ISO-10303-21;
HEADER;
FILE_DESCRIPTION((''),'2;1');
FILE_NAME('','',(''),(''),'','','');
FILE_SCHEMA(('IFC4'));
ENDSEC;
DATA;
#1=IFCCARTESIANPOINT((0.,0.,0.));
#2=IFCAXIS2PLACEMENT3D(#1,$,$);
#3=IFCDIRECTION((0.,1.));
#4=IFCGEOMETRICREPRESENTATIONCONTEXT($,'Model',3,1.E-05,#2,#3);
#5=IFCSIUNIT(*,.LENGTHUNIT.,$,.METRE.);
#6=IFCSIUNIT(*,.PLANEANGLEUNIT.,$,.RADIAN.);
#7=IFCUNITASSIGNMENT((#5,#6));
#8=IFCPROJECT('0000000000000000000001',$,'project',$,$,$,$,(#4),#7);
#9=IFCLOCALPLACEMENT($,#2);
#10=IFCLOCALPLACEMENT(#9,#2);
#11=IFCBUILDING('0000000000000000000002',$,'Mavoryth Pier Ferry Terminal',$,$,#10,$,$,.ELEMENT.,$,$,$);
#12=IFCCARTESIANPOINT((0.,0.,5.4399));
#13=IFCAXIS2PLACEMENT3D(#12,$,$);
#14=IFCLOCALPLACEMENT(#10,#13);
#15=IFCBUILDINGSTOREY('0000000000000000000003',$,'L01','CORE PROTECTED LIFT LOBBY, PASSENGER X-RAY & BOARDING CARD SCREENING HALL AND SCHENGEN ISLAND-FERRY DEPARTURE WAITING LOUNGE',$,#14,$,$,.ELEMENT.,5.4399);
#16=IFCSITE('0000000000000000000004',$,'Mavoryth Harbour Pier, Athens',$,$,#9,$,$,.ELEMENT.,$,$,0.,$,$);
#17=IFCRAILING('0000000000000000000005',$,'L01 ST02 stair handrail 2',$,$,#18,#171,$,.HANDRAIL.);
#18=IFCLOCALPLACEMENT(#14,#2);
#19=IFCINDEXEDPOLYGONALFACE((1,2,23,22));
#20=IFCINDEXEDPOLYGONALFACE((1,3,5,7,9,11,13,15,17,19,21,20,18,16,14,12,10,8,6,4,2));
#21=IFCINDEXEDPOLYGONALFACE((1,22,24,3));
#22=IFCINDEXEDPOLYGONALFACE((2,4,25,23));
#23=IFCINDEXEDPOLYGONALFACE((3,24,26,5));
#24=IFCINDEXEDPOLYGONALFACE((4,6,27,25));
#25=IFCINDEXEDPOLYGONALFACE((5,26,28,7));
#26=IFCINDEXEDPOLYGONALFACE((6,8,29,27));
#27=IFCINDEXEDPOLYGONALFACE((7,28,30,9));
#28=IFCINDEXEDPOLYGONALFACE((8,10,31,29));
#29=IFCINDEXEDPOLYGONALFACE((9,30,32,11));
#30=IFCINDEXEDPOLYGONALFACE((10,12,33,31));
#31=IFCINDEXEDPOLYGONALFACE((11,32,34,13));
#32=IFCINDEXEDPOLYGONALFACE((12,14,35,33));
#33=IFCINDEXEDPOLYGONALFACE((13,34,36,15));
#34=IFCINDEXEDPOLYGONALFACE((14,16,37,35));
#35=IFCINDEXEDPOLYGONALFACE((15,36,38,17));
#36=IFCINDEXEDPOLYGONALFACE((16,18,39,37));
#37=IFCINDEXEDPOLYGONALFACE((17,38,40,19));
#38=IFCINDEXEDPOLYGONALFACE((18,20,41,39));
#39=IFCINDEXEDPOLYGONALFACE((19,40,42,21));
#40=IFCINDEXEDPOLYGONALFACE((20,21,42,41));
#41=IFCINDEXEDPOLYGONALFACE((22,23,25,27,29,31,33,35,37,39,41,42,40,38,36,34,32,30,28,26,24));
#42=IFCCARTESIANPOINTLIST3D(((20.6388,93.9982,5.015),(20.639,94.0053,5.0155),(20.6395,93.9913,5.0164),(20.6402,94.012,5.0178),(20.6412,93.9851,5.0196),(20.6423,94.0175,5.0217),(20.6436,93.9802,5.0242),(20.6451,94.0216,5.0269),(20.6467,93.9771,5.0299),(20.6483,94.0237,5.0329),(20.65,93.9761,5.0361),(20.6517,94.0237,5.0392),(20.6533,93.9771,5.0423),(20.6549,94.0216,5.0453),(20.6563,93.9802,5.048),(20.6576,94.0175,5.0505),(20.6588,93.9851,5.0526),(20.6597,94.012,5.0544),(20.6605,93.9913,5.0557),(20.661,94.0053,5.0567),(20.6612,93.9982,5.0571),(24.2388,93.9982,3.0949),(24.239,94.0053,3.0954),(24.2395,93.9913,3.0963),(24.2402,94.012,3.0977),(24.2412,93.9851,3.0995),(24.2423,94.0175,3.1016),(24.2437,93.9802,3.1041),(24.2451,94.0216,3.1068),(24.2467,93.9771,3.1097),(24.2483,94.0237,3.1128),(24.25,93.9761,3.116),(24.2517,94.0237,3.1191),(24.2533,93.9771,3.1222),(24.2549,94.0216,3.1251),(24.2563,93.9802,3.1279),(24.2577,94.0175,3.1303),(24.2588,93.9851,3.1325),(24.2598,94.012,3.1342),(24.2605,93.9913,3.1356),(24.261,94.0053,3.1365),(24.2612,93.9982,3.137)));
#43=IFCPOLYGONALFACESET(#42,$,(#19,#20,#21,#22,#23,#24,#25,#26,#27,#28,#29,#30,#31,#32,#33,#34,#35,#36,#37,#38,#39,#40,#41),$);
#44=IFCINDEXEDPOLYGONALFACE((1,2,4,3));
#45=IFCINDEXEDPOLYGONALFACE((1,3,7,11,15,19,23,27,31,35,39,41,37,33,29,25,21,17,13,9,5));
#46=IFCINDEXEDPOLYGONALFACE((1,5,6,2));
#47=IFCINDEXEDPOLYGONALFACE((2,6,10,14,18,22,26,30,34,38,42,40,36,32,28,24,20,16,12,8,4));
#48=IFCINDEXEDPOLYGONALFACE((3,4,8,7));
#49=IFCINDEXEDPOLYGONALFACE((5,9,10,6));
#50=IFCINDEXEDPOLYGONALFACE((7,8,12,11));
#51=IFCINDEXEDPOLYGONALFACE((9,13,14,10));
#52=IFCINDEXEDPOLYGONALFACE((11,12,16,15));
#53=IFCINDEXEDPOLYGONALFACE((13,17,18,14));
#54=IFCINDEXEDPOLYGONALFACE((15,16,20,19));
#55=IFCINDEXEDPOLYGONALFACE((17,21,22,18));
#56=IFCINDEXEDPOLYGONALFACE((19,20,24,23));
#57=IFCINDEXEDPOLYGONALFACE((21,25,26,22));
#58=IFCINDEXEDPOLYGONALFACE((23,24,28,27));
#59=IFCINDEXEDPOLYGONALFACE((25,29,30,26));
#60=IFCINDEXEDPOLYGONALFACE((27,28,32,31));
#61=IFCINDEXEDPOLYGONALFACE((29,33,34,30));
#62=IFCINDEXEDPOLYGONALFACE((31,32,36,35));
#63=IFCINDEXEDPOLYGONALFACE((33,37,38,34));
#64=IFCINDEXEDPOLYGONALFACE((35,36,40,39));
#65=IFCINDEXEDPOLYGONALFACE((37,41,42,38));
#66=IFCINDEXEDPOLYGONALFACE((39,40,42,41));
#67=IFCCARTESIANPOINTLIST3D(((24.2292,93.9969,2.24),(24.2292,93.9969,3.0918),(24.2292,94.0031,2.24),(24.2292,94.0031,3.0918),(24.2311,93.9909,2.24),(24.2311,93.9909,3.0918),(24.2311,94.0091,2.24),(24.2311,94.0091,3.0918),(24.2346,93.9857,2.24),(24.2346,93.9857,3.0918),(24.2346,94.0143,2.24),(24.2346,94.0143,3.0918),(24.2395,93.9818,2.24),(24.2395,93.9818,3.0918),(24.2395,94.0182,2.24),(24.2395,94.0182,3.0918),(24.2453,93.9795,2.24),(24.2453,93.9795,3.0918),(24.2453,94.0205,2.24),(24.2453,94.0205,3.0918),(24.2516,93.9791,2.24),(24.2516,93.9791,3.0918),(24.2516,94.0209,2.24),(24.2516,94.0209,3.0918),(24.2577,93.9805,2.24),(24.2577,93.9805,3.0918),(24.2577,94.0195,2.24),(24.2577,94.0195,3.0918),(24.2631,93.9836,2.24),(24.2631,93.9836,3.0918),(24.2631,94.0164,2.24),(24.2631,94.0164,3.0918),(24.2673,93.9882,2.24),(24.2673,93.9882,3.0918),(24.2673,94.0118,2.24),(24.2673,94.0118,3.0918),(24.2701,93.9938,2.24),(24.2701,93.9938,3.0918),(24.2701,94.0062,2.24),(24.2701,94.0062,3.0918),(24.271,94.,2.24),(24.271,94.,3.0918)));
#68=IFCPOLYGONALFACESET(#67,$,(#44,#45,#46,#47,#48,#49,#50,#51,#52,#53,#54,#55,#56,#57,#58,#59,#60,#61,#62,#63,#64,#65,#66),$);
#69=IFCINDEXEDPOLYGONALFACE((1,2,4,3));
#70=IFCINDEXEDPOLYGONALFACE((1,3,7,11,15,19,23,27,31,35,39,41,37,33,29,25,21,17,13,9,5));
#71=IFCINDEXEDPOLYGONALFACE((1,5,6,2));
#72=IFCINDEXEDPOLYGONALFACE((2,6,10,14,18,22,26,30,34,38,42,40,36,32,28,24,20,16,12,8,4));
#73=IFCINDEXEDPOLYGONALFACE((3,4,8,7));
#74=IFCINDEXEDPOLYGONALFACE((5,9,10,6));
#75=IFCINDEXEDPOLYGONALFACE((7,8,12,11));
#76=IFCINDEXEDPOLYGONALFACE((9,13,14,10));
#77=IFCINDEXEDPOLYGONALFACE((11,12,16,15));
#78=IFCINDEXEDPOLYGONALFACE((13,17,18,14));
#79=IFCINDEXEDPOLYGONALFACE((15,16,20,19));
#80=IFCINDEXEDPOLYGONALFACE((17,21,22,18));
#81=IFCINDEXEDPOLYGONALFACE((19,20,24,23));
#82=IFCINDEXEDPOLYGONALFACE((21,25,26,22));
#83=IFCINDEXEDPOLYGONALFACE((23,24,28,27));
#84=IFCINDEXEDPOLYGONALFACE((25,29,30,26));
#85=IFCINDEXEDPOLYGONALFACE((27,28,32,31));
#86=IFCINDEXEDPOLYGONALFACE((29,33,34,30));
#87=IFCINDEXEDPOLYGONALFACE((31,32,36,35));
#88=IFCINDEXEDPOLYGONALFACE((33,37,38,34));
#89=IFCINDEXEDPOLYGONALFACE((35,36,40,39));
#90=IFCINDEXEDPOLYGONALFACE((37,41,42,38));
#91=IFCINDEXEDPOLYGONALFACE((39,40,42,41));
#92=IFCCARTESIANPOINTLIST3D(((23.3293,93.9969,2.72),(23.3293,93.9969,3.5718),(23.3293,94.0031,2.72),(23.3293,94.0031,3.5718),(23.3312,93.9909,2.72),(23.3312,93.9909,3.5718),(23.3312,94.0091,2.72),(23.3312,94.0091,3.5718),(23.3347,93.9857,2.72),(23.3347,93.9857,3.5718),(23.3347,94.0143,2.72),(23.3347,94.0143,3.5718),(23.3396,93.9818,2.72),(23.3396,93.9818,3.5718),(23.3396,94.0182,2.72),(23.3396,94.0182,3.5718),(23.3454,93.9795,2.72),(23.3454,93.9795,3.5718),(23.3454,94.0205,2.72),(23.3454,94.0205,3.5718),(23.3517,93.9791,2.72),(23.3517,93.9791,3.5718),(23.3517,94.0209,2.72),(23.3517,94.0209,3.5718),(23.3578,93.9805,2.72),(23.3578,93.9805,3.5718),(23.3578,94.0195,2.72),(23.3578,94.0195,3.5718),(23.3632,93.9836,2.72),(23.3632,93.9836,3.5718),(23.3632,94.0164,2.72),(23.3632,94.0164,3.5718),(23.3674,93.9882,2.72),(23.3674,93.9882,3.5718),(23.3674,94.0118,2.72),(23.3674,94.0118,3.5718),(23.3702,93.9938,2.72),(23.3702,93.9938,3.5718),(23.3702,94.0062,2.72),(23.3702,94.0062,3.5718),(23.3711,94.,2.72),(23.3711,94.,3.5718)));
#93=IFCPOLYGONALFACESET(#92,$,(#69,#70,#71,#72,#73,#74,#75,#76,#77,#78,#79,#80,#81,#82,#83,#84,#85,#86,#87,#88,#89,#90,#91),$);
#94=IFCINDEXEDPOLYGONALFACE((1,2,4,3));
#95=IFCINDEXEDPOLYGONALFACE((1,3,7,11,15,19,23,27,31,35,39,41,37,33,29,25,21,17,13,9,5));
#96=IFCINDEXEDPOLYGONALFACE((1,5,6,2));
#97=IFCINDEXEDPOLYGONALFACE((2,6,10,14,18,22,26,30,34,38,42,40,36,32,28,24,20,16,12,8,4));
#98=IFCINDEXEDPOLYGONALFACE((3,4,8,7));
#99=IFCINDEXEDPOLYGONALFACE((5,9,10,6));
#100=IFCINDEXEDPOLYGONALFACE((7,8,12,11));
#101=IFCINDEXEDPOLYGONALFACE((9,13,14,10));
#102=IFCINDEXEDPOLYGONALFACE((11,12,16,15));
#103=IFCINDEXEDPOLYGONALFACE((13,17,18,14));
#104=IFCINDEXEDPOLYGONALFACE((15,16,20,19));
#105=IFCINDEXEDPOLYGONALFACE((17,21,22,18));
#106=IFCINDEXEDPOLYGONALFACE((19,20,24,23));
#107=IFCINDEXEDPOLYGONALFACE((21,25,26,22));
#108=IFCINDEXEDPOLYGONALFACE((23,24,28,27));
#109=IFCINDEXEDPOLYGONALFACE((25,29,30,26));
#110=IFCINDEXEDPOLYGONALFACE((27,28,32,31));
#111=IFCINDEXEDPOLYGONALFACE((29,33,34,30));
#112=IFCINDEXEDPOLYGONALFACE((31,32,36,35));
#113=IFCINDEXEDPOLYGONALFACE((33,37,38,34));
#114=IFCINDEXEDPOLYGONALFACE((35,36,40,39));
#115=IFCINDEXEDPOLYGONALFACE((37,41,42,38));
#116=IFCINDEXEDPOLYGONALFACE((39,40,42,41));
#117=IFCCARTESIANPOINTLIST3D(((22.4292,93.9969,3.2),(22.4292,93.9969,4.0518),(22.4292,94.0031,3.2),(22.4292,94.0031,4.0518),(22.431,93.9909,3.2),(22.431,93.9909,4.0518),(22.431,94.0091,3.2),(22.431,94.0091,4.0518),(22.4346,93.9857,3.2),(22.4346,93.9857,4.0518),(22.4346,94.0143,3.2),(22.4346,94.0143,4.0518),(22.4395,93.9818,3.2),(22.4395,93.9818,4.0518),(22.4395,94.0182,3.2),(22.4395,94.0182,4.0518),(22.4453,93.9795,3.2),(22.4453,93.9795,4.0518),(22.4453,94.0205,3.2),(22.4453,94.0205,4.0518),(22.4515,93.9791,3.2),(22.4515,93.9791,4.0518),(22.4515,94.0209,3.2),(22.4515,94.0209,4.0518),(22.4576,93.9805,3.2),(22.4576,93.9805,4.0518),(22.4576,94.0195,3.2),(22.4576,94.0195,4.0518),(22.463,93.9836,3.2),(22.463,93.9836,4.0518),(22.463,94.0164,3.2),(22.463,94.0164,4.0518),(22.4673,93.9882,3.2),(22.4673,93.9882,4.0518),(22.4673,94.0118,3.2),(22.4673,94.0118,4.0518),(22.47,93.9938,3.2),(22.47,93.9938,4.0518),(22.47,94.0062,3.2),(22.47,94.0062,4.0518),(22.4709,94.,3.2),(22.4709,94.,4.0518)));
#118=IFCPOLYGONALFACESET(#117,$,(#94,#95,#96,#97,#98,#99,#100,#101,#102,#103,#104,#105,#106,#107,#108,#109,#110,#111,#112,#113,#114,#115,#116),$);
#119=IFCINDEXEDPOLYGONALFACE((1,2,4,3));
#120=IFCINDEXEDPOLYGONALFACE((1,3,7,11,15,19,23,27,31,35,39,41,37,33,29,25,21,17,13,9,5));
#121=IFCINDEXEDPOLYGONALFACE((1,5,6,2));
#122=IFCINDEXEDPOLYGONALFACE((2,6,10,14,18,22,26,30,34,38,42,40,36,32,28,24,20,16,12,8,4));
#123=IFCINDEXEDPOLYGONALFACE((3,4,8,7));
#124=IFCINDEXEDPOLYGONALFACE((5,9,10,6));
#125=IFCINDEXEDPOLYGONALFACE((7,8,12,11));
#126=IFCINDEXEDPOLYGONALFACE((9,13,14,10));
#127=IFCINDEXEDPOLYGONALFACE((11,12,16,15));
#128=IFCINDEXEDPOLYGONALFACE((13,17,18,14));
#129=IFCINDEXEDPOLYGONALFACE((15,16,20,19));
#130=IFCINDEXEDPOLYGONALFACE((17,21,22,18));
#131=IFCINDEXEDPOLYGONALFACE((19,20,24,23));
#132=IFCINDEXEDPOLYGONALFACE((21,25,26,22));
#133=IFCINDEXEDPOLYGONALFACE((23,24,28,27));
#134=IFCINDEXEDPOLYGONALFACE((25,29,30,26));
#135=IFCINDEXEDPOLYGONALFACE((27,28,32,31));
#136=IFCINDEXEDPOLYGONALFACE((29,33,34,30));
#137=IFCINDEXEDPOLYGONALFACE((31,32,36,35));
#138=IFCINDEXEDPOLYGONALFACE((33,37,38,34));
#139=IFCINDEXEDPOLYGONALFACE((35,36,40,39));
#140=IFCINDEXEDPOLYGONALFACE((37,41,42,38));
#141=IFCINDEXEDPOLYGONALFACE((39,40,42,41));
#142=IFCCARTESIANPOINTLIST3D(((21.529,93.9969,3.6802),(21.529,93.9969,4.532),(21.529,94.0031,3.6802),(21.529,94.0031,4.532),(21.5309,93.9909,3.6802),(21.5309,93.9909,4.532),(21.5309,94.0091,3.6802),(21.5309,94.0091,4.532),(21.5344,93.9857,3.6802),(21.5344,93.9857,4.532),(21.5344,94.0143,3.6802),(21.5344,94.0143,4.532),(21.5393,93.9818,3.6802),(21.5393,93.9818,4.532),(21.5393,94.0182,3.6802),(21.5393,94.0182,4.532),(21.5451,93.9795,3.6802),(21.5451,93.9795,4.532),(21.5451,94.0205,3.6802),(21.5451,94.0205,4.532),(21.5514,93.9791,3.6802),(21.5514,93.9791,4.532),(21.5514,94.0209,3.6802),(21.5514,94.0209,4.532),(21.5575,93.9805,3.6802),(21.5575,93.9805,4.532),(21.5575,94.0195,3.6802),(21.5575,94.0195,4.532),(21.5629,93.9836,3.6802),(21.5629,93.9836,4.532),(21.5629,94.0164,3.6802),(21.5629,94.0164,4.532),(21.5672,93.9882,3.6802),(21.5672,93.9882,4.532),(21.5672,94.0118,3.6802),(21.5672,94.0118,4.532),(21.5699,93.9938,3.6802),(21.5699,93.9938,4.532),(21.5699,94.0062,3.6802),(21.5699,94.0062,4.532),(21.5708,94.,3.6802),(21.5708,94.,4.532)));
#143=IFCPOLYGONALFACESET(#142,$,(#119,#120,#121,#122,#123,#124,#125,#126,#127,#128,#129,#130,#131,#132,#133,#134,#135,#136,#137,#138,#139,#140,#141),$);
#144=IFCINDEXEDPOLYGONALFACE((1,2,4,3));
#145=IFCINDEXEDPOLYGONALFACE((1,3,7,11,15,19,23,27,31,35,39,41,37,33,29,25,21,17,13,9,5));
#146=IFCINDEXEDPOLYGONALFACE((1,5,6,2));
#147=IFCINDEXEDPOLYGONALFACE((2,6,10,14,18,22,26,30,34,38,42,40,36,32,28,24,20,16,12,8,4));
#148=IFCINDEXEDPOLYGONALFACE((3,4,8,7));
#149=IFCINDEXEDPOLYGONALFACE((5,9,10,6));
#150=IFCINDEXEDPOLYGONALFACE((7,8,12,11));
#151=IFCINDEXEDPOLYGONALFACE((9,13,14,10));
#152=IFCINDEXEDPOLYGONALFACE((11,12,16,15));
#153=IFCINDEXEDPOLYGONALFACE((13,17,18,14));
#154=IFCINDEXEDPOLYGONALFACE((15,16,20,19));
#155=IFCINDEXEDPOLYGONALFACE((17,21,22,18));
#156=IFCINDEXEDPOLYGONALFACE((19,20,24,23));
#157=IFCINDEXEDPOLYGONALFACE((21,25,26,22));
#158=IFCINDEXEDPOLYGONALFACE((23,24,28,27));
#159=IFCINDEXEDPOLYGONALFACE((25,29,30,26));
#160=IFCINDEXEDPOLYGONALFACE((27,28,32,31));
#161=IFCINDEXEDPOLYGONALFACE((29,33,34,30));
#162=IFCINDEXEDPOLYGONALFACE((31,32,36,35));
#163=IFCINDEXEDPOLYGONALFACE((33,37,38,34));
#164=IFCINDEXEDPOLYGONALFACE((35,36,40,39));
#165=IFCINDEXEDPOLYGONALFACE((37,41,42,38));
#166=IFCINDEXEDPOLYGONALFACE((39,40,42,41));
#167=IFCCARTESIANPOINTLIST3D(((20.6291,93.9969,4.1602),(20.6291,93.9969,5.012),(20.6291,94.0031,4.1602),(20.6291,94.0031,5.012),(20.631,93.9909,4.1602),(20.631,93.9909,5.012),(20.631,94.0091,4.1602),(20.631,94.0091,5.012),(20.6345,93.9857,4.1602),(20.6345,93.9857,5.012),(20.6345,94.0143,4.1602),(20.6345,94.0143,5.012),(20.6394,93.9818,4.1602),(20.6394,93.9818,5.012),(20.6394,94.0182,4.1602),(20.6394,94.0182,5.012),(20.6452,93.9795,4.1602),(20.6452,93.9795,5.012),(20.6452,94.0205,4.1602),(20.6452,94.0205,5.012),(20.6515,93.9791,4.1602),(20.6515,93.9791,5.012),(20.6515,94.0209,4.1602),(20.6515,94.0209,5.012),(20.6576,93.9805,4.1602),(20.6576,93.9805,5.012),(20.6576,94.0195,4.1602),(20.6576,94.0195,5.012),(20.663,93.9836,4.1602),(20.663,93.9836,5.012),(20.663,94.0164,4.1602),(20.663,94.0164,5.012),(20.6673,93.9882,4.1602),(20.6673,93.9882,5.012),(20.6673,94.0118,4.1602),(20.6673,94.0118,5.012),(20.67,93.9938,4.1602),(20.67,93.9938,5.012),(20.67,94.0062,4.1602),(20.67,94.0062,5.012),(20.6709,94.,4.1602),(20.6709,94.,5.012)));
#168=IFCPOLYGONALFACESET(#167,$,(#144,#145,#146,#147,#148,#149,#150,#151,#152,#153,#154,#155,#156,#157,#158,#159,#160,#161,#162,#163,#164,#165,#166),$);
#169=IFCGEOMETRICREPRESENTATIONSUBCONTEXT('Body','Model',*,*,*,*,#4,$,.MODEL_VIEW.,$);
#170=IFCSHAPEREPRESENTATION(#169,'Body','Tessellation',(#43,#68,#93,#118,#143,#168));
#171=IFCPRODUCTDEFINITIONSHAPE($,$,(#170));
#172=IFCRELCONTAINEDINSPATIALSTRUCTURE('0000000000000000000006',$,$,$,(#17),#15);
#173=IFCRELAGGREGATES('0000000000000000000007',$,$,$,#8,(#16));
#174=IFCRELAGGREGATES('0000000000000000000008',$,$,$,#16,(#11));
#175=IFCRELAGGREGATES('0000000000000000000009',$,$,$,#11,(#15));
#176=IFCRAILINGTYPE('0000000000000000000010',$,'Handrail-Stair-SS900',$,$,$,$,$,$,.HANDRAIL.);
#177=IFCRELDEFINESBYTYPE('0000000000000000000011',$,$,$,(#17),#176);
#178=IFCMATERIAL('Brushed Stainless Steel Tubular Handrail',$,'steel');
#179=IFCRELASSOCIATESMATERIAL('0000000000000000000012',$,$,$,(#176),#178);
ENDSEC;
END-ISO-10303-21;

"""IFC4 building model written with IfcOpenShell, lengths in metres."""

from ifc_helpers import new_model, si_unit, direction, frame, origin, origin_2d, place, context, subcontext, project, spatial, circle, extrude, material, type_object, element, save


model = new_model("IFC4")

# Units and contexts
model_context = context("Model", 3, precision=1e-05, world=origin(), true_north=direction((0.0, 1.0)))
body_context = subcontext(model_context, "Body", "Model", "MODEL_VIEW")
ifc_project = project(units=[si_unit("LENGTHUNIT", "METRE"), si_unit("PLANEANGLEUNIT", "RADIAN")], contexts=[model_context])

# Site, building, storey
site_placement = place(None, origin())
site = spatial("IfcSite", under=ifc_project, at=site_placement, Name="Mavoryth Harbour Pier, Athens", CompositionType="ELEMENT", RefElevation=0.0)
building_placement = place(site_placement, origin())
building = spatial("IfcBuilding", under=site, at=building_placement, Name="Mavoryth Pier Ferry Terminal", CompositionType="ELEMENT")
storey_placement = place(building_placement, frame((0.0, 0.0, 5.4399)))
storey = spatial("IfcBuildingStorey", under=building, at=storey_placement, Name="L01", Description="CORE PROTECTED LIFT LOBBY, PASSENGER X-RAY & BOARDING CARD SCREENING HALL AND SCHENGEN ISLAND-FERRY DEPARTURE WAITING LOUNGE", CompositionType="ELEMENT", Elevation=5.4399)

# Railing
ifc_material_1 = material(Name="Brushed Stainless Steel Tubular Handrail", Category="steel")
railing_type_1 = type_object("IfcRailingType", Name="Handrail-Stair-SS900", PredefinedType="HANDRAIL", material=ifc_material_1)
for number, where, name in (
    (1, (24.25, 94.0, 2.24), "L01 ST02 stair handrail 2"),
):
    element("IfcRailing", number, at=place(storey_placement, frame(where)), inside=storey, type_object=railing_type_1, Name=name, PredefinedType="HANDRAIL", context=body_context, shape_type="SweptSolid", body=[
        extrude(circle(Radius=0.0239, at=origin_2d()), frame((0.0, 0.0, 0.876), z_axis=(-0.882341, 0.0, 0.47061), x_axis=(0.0, -1.0, 0.0)), (0.0, 0.0, 1.0), 4.0801),
        extrude(circle(Radius=0.021, at=origin_2d()), origin(), (0.0, 0.0, 1.0), 0.8518),
        extrude(circle(Radius=0.021, at=origin_2d()), frame((-0.8999, 0.0, 0.48)), (0.0, 0.0, 1.0), 0.8518),
        extrude(circle(Radius=0.021, at=origin_2d()), frame((-1.8, 0.0, 0.96)), (0.0, 0.0, 1.0), 0.8518),
        extrude(circle(Radius=0.021, at=origin_2d()), frame((-2.7002, 0.0, 1.4402)), (0.0, 0.0, 1.0), 0.8518),
        extrude(circle(Radius=0.021, at=origin_2d()), frame((-3.6001, 0.0, 1.9202)), (0.0, 0.0, 1.0), 0.8518),
    ])

save(model, "model.ifc")
